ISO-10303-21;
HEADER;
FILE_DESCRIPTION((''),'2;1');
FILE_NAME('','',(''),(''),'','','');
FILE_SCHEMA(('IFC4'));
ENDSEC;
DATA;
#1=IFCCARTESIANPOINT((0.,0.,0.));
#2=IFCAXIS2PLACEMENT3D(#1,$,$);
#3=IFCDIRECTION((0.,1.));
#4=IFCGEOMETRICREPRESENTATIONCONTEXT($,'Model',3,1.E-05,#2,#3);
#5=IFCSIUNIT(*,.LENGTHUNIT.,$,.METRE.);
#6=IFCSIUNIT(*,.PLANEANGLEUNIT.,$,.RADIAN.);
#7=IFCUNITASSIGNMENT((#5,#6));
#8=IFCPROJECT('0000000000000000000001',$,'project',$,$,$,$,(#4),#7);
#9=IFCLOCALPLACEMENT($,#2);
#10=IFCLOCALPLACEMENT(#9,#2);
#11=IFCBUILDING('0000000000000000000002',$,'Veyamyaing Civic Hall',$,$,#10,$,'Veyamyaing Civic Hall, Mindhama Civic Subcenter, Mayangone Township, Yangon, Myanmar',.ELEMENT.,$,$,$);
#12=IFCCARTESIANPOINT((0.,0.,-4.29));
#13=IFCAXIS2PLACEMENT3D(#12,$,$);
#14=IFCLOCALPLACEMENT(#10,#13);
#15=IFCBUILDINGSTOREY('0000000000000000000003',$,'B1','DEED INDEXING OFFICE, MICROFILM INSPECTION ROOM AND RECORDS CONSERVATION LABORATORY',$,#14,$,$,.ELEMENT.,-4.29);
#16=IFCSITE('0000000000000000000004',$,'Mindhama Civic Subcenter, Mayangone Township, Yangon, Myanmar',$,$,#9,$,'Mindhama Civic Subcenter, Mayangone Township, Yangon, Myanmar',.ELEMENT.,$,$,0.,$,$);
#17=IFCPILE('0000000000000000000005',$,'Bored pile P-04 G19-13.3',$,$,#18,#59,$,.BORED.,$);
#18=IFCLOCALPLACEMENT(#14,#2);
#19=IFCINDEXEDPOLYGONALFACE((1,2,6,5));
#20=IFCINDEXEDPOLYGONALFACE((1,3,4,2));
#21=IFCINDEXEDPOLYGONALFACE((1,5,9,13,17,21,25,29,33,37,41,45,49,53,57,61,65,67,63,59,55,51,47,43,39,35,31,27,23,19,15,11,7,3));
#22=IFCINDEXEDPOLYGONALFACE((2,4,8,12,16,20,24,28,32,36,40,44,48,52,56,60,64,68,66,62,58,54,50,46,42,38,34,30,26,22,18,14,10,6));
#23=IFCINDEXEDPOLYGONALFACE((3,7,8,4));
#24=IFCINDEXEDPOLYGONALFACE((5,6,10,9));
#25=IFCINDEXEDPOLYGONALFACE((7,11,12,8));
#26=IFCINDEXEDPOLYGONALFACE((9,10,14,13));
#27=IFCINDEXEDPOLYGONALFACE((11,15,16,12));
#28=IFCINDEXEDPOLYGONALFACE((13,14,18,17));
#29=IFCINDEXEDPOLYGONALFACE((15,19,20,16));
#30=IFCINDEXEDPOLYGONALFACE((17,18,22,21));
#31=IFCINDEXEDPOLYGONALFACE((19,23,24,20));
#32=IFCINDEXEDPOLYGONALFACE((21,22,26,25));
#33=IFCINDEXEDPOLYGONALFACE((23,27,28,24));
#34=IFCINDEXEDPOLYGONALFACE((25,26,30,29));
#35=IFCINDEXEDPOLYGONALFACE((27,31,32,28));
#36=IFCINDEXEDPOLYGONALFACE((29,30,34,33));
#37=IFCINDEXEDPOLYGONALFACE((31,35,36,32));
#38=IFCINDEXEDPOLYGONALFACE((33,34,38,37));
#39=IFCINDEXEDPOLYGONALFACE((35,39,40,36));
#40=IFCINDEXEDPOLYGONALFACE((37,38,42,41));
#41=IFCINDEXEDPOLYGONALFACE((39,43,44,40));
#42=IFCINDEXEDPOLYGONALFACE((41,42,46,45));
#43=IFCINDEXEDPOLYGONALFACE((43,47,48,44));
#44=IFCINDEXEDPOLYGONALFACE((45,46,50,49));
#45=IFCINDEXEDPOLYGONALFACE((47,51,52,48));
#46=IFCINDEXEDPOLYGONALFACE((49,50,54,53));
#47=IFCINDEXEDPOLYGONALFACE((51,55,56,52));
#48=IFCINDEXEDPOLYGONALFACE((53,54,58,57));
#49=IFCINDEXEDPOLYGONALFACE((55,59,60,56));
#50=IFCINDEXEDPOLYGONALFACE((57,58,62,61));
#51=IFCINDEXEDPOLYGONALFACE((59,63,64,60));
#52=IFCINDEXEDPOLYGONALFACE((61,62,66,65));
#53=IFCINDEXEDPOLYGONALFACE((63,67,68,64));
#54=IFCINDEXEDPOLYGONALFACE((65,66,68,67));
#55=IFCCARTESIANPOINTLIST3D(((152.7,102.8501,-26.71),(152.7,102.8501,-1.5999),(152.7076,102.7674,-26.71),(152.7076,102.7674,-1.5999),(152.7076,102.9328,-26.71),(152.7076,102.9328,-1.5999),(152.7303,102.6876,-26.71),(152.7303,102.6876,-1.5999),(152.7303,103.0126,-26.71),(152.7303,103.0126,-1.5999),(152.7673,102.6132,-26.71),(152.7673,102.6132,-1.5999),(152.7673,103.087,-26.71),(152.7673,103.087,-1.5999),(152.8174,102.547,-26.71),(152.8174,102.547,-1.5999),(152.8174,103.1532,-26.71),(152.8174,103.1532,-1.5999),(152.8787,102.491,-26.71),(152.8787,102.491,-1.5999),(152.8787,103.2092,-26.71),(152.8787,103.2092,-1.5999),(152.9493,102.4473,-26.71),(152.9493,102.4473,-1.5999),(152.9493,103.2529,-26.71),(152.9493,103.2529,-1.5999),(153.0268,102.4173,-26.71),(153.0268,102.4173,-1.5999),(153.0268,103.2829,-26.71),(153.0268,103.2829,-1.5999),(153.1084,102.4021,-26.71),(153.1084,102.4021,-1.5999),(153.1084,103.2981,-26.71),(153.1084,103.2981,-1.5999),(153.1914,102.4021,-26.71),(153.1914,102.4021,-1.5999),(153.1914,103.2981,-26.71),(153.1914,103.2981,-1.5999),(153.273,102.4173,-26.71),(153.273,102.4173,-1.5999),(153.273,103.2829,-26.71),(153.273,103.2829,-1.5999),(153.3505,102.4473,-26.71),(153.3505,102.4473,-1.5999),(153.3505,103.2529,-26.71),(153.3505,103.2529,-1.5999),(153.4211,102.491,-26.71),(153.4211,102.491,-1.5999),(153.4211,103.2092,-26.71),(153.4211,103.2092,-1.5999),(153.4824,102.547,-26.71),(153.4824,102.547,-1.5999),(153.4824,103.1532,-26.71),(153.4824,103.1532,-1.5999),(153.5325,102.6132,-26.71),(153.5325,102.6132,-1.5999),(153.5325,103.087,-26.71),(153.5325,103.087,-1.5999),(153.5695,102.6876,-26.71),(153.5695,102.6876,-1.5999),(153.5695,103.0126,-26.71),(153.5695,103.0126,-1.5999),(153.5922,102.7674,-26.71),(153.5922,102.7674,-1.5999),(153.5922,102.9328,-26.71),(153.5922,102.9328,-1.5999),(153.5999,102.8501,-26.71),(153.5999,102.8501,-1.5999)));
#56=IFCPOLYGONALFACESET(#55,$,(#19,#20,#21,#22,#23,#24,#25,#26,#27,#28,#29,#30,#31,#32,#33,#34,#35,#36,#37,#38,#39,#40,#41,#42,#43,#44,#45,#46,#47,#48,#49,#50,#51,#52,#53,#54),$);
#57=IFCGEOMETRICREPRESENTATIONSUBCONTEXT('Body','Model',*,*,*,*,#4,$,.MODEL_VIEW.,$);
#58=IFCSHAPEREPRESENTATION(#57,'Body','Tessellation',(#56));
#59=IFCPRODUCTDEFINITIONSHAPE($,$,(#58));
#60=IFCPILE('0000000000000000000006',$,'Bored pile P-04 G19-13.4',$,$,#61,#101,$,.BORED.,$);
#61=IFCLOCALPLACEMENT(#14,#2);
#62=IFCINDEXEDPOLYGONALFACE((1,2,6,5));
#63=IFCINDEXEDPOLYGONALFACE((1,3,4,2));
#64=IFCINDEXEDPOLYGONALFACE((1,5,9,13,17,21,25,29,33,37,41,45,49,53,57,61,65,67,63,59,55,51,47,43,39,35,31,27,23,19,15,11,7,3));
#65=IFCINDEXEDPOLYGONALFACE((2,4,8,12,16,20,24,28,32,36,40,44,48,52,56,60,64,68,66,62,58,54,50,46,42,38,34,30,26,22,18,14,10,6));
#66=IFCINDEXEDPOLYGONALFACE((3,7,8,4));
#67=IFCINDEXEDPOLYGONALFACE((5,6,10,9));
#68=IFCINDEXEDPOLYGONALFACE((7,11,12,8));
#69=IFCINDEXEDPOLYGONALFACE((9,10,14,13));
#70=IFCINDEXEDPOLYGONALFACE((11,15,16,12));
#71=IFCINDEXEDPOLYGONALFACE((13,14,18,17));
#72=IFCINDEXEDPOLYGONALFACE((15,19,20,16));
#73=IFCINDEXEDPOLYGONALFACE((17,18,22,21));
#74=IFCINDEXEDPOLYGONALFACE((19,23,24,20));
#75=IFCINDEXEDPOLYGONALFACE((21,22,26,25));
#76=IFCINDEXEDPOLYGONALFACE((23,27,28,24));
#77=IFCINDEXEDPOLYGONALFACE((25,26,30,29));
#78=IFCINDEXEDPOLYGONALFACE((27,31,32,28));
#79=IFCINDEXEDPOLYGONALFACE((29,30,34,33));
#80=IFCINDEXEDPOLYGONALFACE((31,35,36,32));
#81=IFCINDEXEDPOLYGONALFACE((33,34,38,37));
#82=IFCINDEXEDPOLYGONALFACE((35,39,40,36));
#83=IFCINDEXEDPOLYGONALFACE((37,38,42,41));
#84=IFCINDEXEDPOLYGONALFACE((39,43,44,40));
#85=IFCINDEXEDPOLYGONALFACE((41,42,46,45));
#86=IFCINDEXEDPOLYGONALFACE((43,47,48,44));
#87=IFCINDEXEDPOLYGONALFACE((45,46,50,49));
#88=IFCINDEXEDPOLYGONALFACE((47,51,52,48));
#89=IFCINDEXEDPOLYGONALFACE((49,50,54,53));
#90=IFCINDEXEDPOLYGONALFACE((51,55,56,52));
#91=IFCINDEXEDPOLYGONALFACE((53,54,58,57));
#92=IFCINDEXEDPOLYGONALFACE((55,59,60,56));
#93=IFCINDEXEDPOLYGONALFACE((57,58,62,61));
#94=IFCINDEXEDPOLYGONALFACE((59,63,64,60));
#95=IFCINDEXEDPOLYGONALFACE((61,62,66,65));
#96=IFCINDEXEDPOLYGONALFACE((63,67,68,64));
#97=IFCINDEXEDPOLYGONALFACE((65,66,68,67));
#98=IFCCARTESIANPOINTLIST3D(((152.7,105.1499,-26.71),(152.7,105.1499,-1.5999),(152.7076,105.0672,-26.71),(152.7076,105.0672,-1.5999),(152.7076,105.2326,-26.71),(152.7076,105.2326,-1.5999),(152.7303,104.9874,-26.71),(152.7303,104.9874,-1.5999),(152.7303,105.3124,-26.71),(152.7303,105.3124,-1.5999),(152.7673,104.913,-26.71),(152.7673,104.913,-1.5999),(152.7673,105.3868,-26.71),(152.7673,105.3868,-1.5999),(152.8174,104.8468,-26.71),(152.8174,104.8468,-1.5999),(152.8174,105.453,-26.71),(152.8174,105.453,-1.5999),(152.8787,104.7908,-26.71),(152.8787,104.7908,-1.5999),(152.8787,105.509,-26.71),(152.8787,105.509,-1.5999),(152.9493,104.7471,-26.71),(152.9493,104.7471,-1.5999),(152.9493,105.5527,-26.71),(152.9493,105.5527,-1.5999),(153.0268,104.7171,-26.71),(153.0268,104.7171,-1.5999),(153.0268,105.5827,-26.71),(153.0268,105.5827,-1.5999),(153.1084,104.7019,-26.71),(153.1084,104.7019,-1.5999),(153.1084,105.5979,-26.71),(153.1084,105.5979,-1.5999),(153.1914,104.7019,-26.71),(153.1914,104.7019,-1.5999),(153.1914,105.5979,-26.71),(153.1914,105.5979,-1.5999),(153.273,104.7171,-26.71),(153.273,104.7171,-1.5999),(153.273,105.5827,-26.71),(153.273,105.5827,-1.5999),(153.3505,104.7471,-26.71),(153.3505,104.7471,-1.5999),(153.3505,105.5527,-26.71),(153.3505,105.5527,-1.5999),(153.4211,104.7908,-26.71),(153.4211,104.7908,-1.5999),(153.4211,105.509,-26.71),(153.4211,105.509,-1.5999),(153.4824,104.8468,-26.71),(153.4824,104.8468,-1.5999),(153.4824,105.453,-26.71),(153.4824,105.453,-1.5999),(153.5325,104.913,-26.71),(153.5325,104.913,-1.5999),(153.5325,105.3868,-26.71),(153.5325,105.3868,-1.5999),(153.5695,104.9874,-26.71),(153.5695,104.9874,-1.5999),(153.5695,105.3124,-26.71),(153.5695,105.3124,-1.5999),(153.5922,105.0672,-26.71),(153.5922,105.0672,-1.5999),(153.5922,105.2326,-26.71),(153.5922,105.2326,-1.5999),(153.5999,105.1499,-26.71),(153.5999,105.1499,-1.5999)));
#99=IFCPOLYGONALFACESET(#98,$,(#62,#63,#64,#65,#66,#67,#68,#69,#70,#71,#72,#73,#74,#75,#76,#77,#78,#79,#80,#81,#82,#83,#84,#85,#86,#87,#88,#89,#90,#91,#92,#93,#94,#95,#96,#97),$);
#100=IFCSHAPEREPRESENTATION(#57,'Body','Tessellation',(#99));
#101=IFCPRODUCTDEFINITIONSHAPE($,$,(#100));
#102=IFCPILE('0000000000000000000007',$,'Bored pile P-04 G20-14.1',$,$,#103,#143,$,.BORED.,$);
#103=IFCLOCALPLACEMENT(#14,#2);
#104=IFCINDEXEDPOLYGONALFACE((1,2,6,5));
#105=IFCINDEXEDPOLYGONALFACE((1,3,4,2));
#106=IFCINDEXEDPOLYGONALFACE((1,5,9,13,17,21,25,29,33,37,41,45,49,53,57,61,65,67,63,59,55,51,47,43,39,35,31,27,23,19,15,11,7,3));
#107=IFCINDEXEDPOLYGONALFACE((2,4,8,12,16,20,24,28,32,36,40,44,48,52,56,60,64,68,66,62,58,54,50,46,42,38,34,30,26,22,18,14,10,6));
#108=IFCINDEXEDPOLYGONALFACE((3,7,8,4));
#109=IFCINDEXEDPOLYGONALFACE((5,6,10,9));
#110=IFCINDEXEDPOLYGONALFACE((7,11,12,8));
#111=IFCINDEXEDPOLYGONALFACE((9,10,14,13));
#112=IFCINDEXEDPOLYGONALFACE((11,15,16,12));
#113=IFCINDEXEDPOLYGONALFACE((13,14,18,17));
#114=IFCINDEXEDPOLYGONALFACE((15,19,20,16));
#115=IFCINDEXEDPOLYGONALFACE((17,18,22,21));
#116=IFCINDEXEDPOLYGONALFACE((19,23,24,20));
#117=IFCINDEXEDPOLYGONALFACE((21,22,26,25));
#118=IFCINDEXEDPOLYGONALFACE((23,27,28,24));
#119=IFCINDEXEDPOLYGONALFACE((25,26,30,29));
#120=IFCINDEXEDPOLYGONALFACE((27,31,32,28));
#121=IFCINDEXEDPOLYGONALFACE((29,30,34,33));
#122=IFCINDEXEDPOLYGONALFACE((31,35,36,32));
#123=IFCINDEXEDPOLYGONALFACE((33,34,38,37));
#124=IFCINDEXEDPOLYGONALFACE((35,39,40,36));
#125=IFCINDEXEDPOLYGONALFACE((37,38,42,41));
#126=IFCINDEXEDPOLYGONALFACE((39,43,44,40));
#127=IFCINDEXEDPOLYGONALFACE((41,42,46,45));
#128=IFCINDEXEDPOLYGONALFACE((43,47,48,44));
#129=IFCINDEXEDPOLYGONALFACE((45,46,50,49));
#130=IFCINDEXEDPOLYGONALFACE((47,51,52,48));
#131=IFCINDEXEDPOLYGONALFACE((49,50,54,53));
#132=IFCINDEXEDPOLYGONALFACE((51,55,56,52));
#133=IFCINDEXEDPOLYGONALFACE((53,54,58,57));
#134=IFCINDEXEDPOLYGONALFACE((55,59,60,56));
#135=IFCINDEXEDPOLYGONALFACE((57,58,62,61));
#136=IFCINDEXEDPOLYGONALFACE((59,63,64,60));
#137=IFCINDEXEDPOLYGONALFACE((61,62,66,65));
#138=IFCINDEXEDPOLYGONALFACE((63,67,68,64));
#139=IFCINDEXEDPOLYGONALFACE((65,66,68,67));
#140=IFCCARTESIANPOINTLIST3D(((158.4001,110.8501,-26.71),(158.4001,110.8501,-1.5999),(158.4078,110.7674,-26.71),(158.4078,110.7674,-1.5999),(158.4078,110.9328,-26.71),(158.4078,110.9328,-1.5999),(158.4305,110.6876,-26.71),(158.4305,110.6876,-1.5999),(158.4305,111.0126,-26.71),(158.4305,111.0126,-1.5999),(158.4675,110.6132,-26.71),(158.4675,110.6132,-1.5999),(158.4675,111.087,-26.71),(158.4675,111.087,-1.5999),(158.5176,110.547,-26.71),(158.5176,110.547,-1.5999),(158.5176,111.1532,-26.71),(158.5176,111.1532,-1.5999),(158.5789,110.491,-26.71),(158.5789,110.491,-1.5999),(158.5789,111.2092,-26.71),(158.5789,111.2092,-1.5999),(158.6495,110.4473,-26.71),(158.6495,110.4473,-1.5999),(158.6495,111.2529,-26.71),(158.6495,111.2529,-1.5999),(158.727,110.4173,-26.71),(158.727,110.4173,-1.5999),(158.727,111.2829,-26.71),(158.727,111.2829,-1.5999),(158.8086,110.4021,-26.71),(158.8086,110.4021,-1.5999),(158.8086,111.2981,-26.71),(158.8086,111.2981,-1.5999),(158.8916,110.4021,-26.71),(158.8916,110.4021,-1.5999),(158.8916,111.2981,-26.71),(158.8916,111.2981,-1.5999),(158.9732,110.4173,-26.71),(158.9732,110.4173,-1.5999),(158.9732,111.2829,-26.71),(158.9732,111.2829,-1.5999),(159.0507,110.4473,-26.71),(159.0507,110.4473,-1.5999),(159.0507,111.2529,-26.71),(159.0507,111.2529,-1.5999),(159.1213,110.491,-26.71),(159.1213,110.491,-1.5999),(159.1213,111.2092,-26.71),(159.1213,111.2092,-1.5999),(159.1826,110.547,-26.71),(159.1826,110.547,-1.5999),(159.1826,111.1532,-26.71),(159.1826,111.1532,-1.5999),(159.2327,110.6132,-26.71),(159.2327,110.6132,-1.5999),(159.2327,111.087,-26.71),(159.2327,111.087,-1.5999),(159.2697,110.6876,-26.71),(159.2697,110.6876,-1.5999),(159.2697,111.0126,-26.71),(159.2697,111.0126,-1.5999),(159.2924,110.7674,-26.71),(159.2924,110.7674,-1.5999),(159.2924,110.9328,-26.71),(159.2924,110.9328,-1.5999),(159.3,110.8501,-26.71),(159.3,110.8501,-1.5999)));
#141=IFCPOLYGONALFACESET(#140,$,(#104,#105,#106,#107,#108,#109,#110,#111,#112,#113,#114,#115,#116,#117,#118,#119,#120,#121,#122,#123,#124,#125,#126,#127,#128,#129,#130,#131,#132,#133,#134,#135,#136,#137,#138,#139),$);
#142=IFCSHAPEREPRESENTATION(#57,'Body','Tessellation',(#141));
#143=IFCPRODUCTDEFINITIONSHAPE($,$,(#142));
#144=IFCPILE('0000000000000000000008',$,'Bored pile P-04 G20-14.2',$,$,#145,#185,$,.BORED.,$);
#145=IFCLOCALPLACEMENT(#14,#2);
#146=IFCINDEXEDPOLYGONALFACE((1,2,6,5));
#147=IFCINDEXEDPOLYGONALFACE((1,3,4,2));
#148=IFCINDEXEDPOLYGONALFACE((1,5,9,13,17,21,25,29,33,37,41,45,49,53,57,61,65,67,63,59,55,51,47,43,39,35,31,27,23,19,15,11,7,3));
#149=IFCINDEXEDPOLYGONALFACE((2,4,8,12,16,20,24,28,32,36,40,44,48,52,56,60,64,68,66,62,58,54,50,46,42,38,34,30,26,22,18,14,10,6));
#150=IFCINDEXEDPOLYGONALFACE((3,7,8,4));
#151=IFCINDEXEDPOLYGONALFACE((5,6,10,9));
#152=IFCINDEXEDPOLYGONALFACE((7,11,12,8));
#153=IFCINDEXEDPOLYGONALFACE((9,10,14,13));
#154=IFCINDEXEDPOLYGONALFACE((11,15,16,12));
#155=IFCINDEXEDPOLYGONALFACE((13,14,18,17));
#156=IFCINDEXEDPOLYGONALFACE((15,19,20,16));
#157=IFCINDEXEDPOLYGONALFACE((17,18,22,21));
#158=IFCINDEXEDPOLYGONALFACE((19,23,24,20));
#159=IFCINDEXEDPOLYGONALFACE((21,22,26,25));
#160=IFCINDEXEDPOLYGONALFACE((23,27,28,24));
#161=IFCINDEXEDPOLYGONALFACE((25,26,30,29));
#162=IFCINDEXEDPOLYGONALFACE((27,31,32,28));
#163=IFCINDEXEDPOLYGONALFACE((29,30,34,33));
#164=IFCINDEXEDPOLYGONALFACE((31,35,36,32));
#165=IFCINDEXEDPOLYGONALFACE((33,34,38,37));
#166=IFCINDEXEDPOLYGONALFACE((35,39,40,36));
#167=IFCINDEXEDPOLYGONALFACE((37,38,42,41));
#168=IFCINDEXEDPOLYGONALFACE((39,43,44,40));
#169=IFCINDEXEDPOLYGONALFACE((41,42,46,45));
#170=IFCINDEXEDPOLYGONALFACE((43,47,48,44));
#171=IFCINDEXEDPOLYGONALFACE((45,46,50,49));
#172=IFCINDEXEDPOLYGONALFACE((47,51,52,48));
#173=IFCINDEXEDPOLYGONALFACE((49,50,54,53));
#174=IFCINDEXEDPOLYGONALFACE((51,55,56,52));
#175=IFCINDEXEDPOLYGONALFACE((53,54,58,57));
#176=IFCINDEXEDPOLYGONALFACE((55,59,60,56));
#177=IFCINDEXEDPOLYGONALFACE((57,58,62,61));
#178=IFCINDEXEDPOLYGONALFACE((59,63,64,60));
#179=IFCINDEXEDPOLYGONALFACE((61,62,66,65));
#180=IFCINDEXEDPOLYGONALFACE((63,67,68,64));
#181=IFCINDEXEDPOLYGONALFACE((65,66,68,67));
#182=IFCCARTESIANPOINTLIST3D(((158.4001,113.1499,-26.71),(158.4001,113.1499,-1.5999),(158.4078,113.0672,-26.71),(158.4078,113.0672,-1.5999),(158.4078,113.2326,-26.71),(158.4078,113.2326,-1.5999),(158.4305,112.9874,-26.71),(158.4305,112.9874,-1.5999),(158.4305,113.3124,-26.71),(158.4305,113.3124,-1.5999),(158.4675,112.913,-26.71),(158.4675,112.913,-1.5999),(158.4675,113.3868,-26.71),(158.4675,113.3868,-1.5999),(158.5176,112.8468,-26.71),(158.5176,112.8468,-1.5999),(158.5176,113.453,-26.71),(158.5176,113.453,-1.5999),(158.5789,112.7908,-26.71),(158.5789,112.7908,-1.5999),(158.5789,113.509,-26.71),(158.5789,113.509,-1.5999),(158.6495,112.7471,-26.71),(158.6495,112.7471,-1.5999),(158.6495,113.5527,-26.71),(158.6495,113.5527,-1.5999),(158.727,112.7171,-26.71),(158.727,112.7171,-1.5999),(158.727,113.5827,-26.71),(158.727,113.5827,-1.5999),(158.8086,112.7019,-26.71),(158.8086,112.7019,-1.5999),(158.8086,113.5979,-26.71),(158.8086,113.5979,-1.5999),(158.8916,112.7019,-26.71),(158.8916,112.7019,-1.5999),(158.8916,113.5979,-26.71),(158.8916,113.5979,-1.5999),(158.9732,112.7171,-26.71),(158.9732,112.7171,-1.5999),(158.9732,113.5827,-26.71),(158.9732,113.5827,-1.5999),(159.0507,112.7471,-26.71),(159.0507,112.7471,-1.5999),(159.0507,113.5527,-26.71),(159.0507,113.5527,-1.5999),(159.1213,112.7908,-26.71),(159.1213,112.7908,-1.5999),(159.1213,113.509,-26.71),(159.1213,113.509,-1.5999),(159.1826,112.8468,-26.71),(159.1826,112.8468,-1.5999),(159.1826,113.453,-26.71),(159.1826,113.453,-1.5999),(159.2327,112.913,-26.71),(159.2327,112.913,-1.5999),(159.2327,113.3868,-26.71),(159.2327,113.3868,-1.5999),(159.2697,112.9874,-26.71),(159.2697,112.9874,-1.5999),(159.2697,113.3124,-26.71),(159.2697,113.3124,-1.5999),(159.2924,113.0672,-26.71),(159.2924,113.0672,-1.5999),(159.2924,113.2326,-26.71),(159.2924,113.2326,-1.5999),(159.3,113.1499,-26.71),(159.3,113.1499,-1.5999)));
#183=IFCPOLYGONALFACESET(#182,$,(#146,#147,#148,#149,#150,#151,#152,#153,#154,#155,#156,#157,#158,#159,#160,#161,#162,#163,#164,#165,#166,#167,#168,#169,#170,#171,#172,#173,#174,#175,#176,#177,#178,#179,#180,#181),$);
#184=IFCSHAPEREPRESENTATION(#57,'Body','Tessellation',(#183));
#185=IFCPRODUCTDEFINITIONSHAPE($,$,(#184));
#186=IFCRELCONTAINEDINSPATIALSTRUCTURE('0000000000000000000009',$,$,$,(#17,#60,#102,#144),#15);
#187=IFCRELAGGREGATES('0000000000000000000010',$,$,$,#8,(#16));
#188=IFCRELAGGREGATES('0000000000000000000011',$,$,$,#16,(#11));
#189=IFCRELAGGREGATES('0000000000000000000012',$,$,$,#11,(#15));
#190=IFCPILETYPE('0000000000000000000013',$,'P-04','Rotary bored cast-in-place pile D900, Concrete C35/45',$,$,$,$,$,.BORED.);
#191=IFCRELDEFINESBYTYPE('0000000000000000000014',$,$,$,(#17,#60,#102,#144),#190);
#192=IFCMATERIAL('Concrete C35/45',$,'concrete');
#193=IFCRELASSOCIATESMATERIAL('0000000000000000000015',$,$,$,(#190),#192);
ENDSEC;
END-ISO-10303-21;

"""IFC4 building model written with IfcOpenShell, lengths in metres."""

from ifc_helpers import new_model, si_unit, direction, frame, origin, origin_2d, place, context, subcontext, project, spatial, circle, extrude, material, material_profile, profile_set, type_object, element, save


model = new_model("IFC4")

# Units and contexts
model_context = context("Model", 3, precision=1e-05, world=origin(), true_north=direction((0.0, 1.0)))
body_context = subcontext(model_context, "Body", "Model", "MODEL_VIEW")
ifc_project = project(units=[si_unit("LENGTHUNIT", "METRE"), si_unit("PLANEANGLEUNIT", "RADIAN")], contexts=[model_context])

# Site, building, storey
site_placement = place(None, origin())
site = spatial("IfcSite", under=ifc_project, at=site_placement, Name="Mindhama Civic Subcenter, Mayangone Township, Yangon, Myanmar", LongName="Mindhama Civic Subcenter, Mayangone Township, Yangon, Myanmar", CompositionType="ELEMENT", RefElevation=0.0)
building_placement = place(site_placement, origin())
building = spatial("IfcBuilding", under=site, at=building_placement, Name="Veyamyaing Civic Hall", LongName="Veyamyaing Civic Hall, Mindhama Civic Subcenter, Mayangone Township, Yangon, Myanmar", CompositionType="ELEMENT")
storey_placement = place(building_placement, frame((0.0, 0.0, -4.29)))
storey = spatial("IfcBuildingStorey", under=building, at=storey_placement, Name="B1", Description="DEED INDEXING OFFICE, MICROFILM INSPECTION ROOM AND RECORDS CONSERVATION LABORATORY", CompositionType="ELEMENT", Elevation=-4.29)

# Piles
ifc_material_1 = material(Name="Concrete C35/45", Category="concrete")
ifc_material_profile_1 = material_profile(ifc_material_1, circle(Radius=0.45, at=origin_2d()), Name="PILE-D900")
ifc_profile_set_1 = profile_set([ifc_material_profile_1], Name="Concrete C35/45")
pile_type_1 = type_object("IfcPileType", Name="P-04", Description="Rotary bored cast-in-place pile D900, Concrete C35/45", PredefinedType="BORED", material=ifc_profile_set_1)
for number, where, z_axis, x_axis, name in (
    (1, (153.1499, 102.8501, -1.5999), (0.0, 0.0, -1.0), (1.0, 0.0, 0.0), "Bored pile P-04 G19-13.3"),
    (2, (153.1499, 105.1499, -1.5999), (0.0, 0.0, -1.0), (1.0, 0.0, 0.0), "Bored pile P-04 G19-13.4"),
    (3, (158.8501, 110.8501, -1.5999), (0.0, 0.0, -1.0), (1.0, 0.0, 0.0), "Bored pile P-04 G20-14.1"),
    (4, (158.8501, 113.1499, -1.5999), (0.0, 0.0, -1.0), (1.0, 0.0, 0.0), "Bored pile P-04 G20-14.2"),
):
    element("IfcPile", number, at=place(storey_placement, frame(where, z_axis=z_axis, x_axis=x_axis)), inside=storey, type_object=pile_type_1, Name=name, PredefinedType="BORED", context=body_context, shape_type="SweptSolid", body=[
        extrude(circle(Radius=0.45, at=origin_2d()), origin(), (0.0, 0.0, 1.0), 25.1101),
    ])

save(model, "model.ifc")
